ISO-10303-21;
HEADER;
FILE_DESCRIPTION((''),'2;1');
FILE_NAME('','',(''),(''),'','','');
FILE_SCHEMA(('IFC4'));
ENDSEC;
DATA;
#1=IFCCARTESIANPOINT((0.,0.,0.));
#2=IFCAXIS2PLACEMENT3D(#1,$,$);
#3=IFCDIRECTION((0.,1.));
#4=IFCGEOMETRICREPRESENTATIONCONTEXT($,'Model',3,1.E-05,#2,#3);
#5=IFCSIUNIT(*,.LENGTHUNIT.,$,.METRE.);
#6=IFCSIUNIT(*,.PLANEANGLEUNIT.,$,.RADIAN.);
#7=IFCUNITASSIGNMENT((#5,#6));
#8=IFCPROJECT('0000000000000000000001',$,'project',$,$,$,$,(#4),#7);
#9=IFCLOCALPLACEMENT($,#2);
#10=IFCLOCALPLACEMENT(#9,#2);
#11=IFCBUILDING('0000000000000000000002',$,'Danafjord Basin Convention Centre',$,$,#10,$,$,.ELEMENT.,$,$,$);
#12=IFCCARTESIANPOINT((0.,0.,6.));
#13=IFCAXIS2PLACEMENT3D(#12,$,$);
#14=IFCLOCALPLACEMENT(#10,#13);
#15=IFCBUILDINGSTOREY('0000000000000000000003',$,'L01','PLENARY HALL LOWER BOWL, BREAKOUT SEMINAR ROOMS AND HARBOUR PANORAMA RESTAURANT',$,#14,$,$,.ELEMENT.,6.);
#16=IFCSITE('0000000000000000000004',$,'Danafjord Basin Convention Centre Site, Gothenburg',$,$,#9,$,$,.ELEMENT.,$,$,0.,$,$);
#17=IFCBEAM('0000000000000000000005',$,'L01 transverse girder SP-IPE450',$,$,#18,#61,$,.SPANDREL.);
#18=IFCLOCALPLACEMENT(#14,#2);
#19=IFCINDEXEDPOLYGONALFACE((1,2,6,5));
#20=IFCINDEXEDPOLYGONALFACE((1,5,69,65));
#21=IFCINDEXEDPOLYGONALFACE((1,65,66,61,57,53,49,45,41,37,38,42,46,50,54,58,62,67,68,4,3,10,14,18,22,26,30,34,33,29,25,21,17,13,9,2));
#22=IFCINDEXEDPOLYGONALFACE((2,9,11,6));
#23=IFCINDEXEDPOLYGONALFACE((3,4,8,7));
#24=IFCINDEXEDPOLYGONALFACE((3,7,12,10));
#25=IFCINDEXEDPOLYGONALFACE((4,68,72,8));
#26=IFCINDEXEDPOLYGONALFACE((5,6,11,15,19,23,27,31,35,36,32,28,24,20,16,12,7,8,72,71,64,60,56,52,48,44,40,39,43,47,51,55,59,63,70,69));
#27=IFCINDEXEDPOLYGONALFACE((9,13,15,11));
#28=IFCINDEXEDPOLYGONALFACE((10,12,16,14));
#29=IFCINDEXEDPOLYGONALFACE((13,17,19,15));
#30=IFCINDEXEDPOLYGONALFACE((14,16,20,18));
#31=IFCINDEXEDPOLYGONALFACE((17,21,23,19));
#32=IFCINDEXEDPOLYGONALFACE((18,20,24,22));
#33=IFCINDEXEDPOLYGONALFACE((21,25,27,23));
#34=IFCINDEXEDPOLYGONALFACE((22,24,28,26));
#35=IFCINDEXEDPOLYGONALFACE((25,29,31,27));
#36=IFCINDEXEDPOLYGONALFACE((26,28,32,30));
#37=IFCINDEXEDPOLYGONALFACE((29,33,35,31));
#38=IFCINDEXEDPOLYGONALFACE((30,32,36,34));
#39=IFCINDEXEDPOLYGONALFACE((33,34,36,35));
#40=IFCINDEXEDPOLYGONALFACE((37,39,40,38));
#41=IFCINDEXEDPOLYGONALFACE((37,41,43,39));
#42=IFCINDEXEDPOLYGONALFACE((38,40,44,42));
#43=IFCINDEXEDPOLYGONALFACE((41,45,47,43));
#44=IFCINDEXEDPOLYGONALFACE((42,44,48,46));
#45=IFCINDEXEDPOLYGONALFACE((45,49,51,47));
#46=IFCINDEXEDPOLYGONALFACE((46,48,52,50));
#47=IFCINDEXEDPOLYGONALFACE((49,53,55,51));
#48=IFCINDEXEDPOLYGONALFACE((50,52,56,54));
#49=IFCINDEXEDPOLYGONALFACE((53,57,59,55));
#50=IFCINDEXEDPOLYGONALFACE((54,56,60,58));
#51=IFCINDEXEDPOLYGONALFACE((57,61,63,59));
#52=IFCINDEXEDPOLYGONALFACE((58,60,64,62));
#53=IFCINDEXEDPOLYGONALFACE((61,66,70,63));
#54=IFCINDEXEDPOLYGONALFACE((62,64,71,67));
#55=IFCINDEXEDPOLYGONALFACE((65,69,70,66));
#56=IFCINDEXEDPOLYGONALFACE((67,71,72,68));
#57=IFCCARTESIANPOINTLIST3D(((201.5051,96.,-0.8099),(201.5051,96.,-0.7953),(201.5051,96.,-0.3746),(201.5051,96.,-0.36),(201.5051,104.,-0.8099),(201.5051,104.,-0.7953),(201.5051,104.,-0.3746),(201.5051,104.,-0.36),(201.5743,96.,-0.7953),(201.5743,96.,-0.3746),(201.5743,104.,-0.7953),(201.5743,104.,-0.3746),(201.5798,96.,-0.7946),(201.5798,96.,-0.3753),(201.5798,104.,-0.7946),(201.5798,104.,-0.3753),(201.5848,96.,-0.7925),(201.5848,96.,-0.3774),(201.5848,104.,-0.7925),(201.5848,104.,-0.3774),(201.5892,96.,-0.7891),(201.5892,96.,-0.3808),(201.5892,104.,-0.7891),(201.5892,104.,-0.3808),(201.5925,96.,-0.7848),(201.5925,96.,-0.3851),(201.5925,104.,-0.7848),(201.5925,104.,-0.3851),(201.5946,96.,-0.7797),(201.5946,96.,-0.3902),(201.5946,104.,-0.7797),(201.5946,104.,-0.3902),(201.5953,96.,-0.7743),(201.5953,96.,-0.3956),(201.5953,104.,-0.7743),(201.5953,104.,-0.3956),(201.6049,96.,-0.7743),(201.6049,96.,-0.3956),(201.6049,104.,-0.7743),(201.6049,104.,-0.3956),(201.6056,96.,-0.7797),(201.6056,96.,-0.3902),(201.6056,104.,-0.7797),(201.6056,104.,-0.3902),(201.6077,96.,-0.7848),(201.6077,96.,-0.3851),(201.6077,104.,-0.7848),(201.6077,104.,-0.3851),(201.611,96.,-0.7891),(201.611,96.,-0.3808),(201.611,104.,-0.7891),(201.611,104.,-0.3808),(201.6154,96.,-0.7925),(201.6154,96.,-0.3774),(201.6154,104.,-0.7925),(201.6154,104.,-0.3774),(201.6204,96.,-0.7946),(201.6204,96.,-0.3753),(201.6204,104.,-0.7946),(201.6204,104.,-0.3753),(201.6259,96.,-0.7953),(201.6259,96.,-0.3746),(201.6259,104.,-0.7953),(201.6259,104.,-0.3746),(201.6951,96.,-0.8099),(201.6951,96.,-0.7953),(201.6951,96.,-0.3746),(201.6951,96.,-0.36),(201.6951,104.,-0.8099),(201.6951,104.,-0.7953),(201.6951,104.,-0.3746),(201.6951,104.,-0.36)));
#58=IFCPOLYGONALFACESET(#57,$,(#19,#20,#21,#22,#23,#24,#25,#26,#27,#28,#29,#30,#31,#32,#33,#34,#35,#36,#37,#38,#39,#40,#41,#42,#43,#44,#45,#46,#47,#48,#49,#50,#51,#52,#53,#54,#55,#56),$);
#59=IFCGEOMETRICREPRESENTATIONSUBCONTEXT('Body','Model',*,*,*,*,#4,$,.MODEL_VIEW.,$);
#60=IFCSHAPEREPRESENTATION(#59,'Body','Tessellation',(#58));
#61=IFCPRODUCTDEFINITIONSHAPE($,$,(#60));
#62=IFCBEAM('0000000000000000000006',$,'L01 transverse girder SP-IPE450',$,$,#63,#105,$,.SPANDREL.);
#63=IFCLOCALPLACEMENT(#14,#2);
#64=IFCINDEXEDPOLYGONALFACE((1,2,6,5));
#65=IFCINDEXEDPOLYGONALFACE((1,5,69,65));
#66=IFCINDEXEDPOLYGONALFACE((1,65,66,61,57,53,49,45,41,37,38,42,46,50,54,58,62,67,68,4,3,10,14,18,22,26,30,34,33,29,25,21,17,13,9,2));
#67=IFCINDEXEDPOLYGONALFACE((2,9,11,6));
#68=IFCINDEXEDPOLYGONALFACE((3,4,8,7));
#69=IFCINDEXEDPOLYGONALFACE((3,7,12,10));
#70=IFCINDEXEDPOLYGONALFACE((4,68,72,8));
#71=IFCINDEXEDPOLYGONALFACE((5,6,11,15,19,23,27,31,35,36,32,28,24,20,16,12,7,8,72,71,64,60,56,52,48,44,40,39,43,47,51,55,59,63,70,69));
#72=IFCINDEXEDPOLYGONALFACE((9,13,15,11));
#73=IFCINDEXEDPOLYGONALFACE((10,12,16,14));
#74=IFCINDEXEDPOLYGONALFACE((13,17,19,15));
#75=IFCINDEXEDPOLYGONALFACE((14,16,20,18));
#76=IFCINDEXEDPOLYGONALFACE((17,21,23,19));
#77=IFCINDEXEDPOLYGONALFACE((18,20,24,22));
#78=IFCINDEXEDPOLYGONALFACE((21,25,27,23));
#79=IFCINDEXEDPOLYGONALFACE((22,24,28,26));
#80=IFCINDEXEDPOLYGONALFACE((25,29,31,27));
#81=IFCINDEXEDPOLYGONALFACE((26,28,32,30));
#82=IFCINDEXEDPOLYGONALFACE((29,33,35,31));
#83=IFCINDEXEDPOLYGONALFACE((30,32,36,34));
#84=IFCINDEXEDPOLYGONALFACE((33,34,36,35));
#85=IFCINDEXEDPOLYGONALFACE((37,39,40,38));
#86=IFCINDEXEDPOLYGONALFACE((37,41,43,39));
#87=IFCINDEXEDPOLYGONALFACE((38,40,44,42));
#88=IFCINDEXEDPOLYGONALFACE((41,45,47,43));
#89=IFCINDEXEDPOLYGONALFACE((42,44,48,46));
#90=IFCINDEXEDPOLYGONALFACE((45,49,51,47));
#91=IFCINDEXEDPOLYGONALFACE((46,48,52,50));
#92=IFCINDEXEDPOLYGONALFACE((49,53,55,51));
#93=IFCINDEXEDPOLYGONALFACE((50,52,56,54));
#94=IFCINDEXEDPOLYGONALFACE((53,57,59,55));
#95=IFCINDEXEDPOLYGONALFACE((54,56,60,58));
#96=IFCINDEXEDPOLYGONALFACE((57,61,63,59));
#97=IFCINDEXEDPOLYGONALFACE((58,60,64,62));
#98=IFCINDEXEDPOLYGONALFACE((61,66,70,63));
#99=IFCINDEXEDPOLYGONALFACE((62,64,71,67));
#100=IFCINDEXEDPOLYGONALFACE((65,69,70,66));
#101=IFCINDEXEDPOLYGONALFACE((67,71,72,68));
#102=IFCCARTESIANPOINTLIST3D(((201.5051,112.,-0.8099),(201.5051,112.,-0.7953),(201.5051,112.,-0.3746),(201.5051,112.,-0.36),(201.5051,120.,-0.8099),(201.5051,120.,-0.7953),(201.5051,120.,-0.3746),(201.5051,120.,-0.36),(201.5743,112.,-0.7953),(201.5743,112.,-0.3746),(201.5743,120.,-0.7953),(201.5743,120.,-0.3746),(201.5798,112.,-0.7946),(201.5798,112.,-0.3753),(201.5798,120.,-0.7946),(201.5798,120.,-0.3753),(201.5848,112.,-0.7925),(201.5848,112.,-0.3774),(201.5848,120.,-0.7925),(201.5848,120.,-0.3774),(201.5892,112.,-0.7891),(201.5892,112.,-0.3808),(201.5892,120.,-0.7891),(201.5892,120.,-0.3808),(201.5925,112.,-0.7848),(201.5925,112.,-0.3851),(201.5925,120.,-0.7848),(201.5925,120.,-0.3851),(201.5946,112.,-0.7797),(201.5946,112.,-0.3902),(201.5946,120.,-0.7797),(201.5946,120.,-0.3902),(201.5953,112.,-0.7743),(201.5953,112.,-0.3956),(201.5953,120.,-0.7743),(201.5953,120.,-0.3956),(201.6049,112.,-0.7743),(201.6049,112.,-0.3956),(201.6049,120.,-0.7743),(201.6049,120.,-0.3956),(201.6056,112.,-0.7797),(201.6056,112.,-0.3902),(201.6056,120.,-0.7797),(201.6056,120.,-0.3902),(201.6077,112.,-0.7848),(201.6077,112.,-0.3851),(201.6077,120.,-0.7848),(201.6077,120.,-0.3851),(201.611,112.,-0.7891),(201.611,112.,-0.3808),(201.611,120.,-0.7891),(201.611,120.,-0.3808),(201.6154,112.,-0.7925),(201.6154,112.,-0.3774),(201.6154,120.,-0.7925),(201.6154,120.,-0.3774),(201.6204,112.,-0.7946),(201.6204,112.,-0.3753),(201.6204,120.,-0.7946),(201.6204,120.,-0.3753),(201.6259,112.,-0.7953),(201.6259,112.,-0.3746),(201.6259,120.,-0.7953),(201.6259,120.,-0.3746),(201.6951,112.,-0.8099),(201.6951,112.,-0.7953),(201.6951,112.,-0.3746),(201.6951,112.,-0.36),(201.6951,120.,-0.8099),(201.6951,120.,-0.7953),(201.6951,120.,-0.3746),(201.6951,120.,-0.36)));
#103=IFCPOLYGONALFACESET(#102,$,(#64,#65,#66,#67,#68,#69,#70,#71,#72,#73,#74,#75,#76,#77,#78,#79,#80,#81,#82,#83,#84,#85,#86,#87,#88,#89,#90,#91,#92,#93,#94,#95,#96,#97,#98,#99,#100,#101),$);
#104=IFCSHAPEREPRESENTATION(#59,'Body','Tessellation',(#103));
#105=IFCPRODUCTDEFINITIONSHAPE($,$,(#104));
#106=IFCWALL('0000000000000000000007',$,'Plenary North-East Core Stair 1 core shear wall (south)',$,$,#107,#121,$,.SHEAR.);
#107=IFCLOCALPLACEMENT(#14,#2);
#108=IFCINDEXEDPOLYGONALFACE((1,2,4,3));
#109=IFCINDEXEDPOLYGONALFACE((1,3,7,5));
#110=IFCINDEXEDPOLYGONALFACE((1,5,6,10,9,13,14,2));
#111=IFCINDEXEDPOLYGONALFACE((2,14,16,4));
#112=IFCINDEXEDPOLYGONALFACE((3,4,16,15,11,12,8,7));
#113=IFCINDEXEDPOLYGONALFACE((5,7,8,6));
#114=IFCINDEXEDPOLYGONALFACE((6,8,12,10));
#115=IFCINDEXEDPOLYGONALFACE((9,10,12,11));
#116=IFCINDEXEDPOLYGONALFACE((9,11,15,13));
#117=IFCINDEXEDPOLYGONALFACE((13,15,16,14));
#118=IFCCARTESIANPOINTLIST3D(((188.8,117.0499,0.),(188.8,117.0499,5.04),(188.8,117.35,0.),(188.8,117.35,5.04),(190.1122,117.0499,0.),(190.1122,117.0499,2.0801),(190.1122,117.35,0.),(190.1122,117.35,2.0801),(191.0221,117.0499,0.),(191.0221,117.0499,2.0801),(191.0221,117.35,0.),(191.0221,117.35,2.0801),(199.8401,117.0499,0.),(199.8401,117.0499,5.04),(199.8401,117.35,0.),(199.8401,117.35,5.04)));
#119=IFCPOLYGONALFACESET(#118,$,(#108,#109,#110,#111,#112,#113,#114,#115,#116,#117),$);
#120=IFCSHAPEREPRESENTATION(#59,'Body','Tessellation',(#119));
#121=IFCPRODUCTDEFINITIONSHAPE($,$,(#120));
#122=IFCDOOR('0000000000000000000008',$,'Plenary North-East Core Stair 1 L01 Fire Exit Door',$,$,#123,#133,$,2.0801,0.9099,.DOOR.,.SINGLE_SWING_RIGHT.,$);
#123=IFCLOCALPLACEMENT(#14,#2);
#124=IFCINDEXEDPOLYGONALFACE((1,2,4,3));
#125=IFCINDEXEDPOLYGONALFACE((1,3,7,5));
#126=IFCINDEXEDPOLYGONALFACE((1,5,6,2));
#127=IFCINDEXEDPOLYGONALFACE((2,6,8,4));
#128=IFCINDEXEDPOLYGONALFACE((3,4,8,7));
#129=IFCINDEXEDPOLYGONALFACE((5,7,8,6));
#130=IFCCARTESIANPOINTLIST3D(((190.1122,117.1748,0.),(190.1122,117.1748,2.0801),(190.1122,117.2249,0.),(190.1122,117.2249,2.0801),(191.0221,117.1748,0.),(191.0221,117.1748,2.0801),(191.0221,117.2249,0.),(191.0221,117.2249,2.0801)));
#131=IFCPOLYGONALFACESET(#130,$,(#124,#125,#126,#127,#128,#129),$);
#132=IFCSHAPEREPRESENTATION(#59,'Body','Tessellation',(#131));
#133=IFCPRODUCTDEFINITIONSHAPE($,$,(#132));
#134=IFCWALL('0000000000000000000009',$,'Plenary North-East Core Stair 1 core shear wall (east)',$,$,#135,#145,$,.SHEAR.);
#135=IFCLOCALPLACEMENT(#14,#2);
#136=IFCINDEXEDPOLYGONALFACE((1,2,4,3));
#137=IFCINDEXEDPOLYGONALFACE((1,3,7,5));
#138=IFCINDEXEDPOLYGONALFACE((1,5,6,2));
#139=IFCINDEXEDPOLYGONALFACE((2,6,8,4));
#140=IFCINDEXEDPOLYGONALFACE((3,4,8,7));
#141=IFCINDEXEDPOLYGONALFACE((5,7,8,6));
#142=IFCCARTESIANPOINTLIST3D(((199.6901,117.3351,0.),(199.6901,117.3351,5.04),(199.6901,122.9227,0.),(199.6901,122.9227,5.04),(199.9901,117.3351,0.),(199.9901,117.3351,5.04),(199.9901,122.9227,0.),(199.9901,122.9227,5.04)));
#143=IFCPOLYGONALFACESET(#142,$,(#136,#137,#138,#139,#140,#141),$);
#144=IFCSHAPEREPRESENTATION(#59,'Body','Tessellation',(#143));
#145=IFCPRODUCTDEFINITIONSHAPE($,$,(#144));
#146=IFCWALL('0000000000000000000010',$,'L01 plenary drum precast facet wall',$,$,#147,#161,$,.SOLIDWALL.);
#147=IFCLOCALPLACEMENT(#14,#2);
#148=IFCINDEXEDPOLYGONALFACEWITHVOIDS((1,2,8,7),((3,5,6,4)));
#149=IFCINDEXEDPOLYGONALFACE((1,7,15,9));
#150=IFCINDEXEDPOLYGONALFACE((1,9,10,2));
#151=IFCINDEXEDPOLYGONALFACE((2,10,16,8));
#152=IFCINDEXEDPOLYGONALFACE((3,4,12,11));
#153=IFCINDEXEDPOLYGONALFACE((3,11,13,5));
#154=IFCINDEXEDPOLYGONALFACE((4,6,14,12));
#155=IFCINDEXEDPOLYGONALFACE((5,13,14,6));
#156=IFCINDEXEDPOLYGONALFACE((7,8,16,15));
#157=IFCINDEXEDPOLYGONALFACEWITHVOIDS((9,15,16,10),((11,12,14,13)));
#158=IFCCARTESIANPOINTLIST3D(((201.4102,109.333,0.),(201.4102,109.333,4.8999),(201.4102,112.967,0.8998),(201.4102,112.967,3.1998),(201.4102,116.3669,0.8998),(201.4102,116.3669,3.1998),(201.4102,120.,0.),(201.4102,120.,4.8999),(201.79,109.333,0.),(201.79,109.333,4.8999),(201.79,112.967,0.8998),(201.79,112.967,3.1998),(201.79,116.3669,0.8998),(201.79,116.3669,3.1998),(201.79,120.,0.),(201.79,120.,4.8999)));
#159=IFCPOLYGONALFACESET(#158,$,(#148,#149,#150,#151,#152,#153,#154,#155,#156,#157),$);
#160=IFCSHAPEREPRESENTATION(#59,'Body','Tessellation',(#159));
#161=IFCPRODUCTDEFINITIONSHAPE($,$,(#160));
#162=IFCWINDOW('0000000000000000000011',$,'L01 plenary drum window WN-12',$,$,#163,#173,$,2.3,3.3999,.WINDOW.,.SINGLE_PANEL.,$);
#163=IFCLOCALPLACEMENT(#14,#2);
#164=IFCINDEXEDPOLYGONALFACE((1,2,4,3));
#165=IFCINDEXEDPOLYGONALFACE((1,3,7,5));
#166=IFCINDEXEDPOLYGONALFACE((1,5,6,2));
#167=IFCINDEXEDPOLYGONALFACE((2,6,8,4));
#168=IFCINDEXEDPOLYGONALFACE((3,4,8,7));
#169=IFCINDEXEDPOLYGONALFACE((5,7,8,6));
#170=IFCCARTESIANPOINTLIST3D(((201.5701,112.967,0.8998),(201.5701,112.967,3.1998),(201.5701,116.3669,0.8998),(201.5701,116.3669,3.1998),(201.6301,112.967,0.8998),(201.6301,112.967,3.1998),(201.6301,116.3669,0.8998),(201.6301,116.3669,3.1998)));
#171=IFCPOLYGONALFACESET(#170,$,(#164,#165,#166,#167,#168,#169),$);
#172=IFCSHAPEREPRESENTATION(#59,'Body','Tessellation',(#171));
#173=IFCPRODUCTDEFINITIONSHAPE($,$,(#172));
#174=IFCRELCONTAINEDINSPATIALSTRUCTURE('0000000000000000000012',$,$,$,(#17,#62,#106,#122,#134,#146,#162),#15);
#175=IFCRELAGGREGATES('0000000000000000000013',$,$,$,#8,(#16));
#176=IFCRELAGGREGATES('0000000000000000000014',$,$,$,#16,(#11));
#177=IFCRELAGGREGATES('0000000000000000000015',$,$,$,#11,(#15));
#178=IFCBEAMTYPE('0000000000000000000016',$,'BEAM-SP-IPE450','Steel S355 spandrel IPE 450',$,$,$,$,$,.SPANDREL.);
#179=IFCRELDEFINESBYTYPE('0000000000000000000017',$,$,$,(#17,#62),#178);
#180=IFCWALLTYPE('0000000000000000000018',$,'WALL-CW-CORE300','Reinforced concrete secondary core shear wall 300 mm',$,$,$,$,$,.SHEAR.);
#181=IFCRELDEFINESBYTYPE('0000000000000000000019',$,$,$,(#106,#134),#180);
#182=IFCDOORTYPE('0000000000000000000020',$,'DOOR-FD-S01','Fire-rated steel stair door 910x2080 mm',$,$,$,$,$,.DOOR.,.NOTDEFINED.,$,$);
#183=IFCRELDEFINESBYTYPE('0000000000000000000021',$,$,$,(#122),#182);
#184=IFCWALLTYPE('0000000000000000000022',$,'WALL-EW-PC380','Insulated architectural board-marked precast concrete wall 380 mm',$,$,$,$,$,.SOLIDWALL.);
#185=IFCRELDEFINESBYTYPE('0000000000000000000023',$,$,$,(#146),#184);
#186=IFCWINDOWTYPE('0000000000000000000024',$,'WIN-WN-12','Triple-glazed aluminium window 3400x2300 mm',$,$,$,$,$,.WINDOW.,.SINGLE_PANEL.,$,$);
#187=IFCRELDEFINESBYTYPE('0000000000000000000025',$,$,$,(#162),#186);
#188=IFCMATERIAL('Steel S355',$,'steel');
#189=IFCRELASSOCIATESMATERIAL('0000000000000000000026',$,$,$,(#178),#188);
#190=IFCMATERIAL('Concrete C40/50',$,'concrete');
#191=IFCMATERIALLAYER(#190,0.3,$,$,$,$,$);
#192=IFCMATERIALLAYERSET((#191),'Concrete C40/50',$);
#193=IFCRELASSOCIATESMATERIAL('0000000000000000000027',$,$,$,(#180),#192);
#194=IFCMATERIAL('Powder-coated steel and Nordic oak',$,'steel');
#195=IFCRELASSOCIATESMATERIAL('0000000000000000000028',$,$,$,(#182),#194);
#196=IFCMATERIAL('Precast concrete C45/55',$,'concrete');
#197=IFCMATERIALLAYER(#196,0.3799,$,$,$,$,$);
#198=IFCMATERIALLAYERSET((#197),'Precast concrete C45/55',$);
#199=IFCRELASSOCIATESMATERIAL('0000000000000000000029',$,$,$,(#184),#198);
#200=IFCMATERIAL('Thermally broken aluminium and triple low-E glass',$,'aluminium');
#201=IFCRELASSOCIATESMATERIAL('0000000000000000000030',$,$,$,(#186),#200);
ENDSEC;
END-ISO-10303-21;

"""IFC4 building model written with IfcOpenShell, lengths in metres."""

from ifc_helpers import new_model, si_unit, direction, frame, frame_2d, origin, origin_2d, place, context, subcontext, project, spatial, rectangle, i_section, extrude, material, layer, layer_set, material_profile, profile_set, type_object, element, fill, save


model = new_model("IFC4")

# Units and contexts
model_context = context("Model", 3, precision=1e-05, world=origin(), true_north=direction((0.0, 1.0)))
body_context = subcontext(model_context, "Body", "Model", "MODEL_VIEW")
ifc_project = project(units=[si_unit("LENGTHUNIT", "METRE"), si_unit("PLANEANGLEUNIT", "RADIAN")], contexts=[model_context])

# Site, building, storey
site_placement = place(None, origin())
site = spatial("IfcSite", under=ifc_project, at=site_placement, Name="Danafjord Basin Convention Centre Site, Gothenburg", CompositionType="ELEMENT", RefElevation=0.0)
building_placement = place(site_placement, origin())
building = spatial("IfcBuilding", under=site, at=building_placement, Name="Danafjord Basin Convention Centre", CompositionType="ELEMENT")
storey_placement = place(building_placement, frame((0.0, 0.0, 6.0)))
storey = spatial("IfcBuildingStorey", under=building, at=storey_placement, Name="L01", Description="PLENARY HALL LOWER BOWL, BREAKOUT SEMINAR ROOMS AND HARBOUR PANORAMA RESTAURANT", CompositionType="ELEMENT", Elevation=6.0)

# Shared definitions
ifc_material_1 = material(Name="Steel S355", Category="steel")

# Beams
ifc_material_profile_1 = material_profile(ifc_material_1, i_section(OverallWidth=0.1899, OverallDepth=0.45, WebThickness=0.0095, FlangeThickness=0.0146, FilletRadius=0.021, at=origin_2d()), Name="IPE 450")
ifc_profile_set_1 = profile_set([ifc_material_profile_1], Name="Steel S355")
beam_type_1 = type_object("IfcBeamType", Name="BEAM-SP-IPE450", Description="Steel S355 spandrel IPE 450", PredefinedType="SPANDREL", material=ifc_profile_set_1)
for number, where, z_axis, x_axis, name in (
    (1, (201.6001, 96.0, -0.585), (0.0, 1.0, 0.0), (-1.0, 0.0, 0.0), "L01 transverse girder SP-IPE450"),
    (2, (201.6001, 112.0, -0.585), (0.0, 1.0, 0.0), (-1.0, 0.0, 0.0), "L01 transverse girder SP-IPE450"),
):
    element("IfcBeam", number, at=place(storey_placement, frame(where, z_axis=z_axis, x_axis=x_axis)), inside=storey, type_object=beam_type_1, Name=name, PredefinedType="SPANDREL", context=body_context, shape_type="SweptSolid", body=[
        extrude(i_section(OverallWidth=0.1899, OverallDepth=0.45, WebThickness=0.0095, FlangeThickness=0.0146, FilletRadius=0.021, at=origin_2d()), origin(), (0.0, 0.0, 1.0), 8.0),
    ])

# Wall, opening, door
ifc_material_2 = material(Name="Concrete C40/50", Category="concrete")
ifc_layer_1 = layer(ifc_material_2, 0.3)
ifc_layer_set_1 = layer_set([ifc_layer_1], Name="Concrete C40/50")
wall_type_1 = type_object("IfcWallType", Name="WALL-CW-CORE300", Description="Reinforced concrete secondary core shear wall 300 mm", PredefinedType="SHEAR", material=ifc_layer_set_1)
wall_1_placement = place(storey_placement, frame((188.8, 117.2, 0.0), z_axis=(0.0, 0.0, 1.0), x_axis=(1.0, 0.0, 0.0)))
wall_1 = element("IfcWall", 3, at=wall_1_placement, inside=storey, type_object=wall_type_1, Name="Plenary North-East Core Stair 1 core shear wall (south)", PredefinedType="SHEAR", context=body_context, shape_type="SweptSolid", body=[
    extrude(rectangle(XDim=11.04, YDim=0.3, at=frame_2d((5.52, 0.0))), origin(), (0.0, 0.0, 1.0), 5.04),
])
opening_1_placement = place(wall_1_placement, frame((1.312, 0.0, 0.0)))
opening_1 = element("IfcOpeningElement", 4, at=opening_1_placement, cuts=wall_1, PredefinedType="OPENING", context=body_context, shape_type="SweptSolid", body=[
    extrude(rectangle(XDim=0.9099, YDim=2.0801, at=frame_2d((0.4551, 1.04))), frame((0.0, 0.1599, 0.0), z_axis=(0.0, -1.0, 0.0), x_axis=(1.0, 0.0, 0.0)), (0.0, 0.0, 1.0), 0.3201),
])
ifc_material_3 = material(Name="Powder-coated steel and Nordic oak", Category="steel")
door_type = type_object("IfcDoorType", Name="DOOR-FD-S01", Description="Fire-rated steel stair door 910x2080 mm", OperationType="NOTDEFINED", PredefinedType="DOOR", material=ifc_material_3)
door_placement = place(opening_1_placement, origin())
door = element("IfcDoor", 5, at=door_placement, inside=storey, type_object=door_type, Name="Plenary North-East Core Stair 1 L01 Fire Exit Door", OperationType="SINGLE_SWING_RIGHT", OverallHeight=2.0801, OverallWidth=0.9099, PredefinedType="DOOR", context=body_context, shape_type="SweptSolid", body=[
    extrude(rectangle(XDim=0.9099, YDim=2.0801, at=frame_2d((0.4551, 1.04))), frame((0.0, 0.0249, 0.0), z_axis=(0.0, -1.0, 0.0), x_axis=(1.0, 0.0, 0.0)), (0.0, 0.0, 1.0), 0.05),
])
fill(opening_1, door)

# Wall
wall_2_placement = place(storey_placement, frame((199.8401, 117.335, 0.0), z_axis=(0.0, 0.0, 1.0), x_axis=(0.0, 1.0, 0.0)))
element("IfcWall", 6, at=wall_2_placement, inside=storey, type_object=wall_type_1, Name="Plenary North-East Core Stair 1 core shear wall (east)", PredefinedType="SHEAR", context=body_context, shape_type="SweptSolid", body=[
    extrude(rectangle(XDim=5.5876, YDim=0.3, at=frame_2d((2.7939, 0.0))), origin(), (0.0, 0.0, 1.0), 5.04),
])

# Wall, opening, window
ifc_material_4 = material(Name="Precast concrete C45/55", Category="concrete")
ifc_layer_2 = layer(ifc_material_4, 0.3799)
ifc_layer_set_2 = layer_set([ifc_layer_2], Name="Precast concrete C45/55")
wall_type_2 = type_object("IfcWallType", Name="WALL-EW-PC380", Description="Insulated architectural board-marked precast concrete wall 380 mm", PredefinedType="SOLIDWALL", material=ifc_layer_set_2)
wall_3_placement = place(storey_placement, frame((201.6001, 109.333, 0.0), z_axis=(0.0, 0.0, 1.0), x_axis=(0.0, 1.0, 0.0)))
wall_3 = element("IfcWall", 7, at=wall_3_placement, inside=storey, type_object=wall_type_2, Name="L01 plenary drum precast facet wall", PredefinedType="SOLIDWALL", context=body_context, shape_type="SweptSolid", body=[
    extrude(rectangle(XDim=10.667, YDim=0.3799, at=frame_2d((5.3335, 0.0))), origin(), (0.0, 0.0, 1.0), 4.8999),
])
opening_2_placement = place(wall_3_placement, frame((3.634, 0.0, 0.8999)))
opening_2 = element("IfcOpeningElement", 8, at=opening_2_placement, cuts=wall_3, PredefinedType="OPENING", context=body_context, shape_type="SweptSolid", body=[
    extrude(rectangle(XDim=3.3999, YDim=2.3, at=frame_2d((1.7, 1.1499))), frame((0.0, 0.2, 0.0), z_axis=(0.0, -1.0, 0.0), x_axis=(1.0, 0.0, 0.0)), (0.0, 0.0, 1.0), 0.3999),
])
ifc_material_5 = material(Name="Thermally broken aluminium and triple low-E glass", Category="aluminium")
window_type = type_object("IfcWindowType", Name="WIN-WN-12", Description="Triple-glazed aluminium window 3400x2300 mm", PartitioningType="SINGLE_PANEL", PredefinedType="WINDOW", material=ifc_material_5)
window_placement = place(opening_2_placement, origin())
window = element("IfcWindow", 9, at=window_placement, inside=storey, type_object=window_type, Name="L01 plenary drum window WN-12", OverallHeight=2.3, OverallWidth=3.3999, PartitioningType="SINGLE_PANEL", PredefinedType="WINDOW", context=body_context, shape_type="SweptSolid", body=[
    extrude(rectangle(XDim=3.3999, YDim=2.3, at=frame_2d((1.7, 1.1499))), frame((0.0, 0.03, 0.0), z_axis=(0.0, -1.0, 0.0), x_axis=(1.0, 0.0, 0.0)), (0.0, 0.0, 1.0), 0.0601),
])
fill(opening_2, window)

save(model, "model.ifc")
